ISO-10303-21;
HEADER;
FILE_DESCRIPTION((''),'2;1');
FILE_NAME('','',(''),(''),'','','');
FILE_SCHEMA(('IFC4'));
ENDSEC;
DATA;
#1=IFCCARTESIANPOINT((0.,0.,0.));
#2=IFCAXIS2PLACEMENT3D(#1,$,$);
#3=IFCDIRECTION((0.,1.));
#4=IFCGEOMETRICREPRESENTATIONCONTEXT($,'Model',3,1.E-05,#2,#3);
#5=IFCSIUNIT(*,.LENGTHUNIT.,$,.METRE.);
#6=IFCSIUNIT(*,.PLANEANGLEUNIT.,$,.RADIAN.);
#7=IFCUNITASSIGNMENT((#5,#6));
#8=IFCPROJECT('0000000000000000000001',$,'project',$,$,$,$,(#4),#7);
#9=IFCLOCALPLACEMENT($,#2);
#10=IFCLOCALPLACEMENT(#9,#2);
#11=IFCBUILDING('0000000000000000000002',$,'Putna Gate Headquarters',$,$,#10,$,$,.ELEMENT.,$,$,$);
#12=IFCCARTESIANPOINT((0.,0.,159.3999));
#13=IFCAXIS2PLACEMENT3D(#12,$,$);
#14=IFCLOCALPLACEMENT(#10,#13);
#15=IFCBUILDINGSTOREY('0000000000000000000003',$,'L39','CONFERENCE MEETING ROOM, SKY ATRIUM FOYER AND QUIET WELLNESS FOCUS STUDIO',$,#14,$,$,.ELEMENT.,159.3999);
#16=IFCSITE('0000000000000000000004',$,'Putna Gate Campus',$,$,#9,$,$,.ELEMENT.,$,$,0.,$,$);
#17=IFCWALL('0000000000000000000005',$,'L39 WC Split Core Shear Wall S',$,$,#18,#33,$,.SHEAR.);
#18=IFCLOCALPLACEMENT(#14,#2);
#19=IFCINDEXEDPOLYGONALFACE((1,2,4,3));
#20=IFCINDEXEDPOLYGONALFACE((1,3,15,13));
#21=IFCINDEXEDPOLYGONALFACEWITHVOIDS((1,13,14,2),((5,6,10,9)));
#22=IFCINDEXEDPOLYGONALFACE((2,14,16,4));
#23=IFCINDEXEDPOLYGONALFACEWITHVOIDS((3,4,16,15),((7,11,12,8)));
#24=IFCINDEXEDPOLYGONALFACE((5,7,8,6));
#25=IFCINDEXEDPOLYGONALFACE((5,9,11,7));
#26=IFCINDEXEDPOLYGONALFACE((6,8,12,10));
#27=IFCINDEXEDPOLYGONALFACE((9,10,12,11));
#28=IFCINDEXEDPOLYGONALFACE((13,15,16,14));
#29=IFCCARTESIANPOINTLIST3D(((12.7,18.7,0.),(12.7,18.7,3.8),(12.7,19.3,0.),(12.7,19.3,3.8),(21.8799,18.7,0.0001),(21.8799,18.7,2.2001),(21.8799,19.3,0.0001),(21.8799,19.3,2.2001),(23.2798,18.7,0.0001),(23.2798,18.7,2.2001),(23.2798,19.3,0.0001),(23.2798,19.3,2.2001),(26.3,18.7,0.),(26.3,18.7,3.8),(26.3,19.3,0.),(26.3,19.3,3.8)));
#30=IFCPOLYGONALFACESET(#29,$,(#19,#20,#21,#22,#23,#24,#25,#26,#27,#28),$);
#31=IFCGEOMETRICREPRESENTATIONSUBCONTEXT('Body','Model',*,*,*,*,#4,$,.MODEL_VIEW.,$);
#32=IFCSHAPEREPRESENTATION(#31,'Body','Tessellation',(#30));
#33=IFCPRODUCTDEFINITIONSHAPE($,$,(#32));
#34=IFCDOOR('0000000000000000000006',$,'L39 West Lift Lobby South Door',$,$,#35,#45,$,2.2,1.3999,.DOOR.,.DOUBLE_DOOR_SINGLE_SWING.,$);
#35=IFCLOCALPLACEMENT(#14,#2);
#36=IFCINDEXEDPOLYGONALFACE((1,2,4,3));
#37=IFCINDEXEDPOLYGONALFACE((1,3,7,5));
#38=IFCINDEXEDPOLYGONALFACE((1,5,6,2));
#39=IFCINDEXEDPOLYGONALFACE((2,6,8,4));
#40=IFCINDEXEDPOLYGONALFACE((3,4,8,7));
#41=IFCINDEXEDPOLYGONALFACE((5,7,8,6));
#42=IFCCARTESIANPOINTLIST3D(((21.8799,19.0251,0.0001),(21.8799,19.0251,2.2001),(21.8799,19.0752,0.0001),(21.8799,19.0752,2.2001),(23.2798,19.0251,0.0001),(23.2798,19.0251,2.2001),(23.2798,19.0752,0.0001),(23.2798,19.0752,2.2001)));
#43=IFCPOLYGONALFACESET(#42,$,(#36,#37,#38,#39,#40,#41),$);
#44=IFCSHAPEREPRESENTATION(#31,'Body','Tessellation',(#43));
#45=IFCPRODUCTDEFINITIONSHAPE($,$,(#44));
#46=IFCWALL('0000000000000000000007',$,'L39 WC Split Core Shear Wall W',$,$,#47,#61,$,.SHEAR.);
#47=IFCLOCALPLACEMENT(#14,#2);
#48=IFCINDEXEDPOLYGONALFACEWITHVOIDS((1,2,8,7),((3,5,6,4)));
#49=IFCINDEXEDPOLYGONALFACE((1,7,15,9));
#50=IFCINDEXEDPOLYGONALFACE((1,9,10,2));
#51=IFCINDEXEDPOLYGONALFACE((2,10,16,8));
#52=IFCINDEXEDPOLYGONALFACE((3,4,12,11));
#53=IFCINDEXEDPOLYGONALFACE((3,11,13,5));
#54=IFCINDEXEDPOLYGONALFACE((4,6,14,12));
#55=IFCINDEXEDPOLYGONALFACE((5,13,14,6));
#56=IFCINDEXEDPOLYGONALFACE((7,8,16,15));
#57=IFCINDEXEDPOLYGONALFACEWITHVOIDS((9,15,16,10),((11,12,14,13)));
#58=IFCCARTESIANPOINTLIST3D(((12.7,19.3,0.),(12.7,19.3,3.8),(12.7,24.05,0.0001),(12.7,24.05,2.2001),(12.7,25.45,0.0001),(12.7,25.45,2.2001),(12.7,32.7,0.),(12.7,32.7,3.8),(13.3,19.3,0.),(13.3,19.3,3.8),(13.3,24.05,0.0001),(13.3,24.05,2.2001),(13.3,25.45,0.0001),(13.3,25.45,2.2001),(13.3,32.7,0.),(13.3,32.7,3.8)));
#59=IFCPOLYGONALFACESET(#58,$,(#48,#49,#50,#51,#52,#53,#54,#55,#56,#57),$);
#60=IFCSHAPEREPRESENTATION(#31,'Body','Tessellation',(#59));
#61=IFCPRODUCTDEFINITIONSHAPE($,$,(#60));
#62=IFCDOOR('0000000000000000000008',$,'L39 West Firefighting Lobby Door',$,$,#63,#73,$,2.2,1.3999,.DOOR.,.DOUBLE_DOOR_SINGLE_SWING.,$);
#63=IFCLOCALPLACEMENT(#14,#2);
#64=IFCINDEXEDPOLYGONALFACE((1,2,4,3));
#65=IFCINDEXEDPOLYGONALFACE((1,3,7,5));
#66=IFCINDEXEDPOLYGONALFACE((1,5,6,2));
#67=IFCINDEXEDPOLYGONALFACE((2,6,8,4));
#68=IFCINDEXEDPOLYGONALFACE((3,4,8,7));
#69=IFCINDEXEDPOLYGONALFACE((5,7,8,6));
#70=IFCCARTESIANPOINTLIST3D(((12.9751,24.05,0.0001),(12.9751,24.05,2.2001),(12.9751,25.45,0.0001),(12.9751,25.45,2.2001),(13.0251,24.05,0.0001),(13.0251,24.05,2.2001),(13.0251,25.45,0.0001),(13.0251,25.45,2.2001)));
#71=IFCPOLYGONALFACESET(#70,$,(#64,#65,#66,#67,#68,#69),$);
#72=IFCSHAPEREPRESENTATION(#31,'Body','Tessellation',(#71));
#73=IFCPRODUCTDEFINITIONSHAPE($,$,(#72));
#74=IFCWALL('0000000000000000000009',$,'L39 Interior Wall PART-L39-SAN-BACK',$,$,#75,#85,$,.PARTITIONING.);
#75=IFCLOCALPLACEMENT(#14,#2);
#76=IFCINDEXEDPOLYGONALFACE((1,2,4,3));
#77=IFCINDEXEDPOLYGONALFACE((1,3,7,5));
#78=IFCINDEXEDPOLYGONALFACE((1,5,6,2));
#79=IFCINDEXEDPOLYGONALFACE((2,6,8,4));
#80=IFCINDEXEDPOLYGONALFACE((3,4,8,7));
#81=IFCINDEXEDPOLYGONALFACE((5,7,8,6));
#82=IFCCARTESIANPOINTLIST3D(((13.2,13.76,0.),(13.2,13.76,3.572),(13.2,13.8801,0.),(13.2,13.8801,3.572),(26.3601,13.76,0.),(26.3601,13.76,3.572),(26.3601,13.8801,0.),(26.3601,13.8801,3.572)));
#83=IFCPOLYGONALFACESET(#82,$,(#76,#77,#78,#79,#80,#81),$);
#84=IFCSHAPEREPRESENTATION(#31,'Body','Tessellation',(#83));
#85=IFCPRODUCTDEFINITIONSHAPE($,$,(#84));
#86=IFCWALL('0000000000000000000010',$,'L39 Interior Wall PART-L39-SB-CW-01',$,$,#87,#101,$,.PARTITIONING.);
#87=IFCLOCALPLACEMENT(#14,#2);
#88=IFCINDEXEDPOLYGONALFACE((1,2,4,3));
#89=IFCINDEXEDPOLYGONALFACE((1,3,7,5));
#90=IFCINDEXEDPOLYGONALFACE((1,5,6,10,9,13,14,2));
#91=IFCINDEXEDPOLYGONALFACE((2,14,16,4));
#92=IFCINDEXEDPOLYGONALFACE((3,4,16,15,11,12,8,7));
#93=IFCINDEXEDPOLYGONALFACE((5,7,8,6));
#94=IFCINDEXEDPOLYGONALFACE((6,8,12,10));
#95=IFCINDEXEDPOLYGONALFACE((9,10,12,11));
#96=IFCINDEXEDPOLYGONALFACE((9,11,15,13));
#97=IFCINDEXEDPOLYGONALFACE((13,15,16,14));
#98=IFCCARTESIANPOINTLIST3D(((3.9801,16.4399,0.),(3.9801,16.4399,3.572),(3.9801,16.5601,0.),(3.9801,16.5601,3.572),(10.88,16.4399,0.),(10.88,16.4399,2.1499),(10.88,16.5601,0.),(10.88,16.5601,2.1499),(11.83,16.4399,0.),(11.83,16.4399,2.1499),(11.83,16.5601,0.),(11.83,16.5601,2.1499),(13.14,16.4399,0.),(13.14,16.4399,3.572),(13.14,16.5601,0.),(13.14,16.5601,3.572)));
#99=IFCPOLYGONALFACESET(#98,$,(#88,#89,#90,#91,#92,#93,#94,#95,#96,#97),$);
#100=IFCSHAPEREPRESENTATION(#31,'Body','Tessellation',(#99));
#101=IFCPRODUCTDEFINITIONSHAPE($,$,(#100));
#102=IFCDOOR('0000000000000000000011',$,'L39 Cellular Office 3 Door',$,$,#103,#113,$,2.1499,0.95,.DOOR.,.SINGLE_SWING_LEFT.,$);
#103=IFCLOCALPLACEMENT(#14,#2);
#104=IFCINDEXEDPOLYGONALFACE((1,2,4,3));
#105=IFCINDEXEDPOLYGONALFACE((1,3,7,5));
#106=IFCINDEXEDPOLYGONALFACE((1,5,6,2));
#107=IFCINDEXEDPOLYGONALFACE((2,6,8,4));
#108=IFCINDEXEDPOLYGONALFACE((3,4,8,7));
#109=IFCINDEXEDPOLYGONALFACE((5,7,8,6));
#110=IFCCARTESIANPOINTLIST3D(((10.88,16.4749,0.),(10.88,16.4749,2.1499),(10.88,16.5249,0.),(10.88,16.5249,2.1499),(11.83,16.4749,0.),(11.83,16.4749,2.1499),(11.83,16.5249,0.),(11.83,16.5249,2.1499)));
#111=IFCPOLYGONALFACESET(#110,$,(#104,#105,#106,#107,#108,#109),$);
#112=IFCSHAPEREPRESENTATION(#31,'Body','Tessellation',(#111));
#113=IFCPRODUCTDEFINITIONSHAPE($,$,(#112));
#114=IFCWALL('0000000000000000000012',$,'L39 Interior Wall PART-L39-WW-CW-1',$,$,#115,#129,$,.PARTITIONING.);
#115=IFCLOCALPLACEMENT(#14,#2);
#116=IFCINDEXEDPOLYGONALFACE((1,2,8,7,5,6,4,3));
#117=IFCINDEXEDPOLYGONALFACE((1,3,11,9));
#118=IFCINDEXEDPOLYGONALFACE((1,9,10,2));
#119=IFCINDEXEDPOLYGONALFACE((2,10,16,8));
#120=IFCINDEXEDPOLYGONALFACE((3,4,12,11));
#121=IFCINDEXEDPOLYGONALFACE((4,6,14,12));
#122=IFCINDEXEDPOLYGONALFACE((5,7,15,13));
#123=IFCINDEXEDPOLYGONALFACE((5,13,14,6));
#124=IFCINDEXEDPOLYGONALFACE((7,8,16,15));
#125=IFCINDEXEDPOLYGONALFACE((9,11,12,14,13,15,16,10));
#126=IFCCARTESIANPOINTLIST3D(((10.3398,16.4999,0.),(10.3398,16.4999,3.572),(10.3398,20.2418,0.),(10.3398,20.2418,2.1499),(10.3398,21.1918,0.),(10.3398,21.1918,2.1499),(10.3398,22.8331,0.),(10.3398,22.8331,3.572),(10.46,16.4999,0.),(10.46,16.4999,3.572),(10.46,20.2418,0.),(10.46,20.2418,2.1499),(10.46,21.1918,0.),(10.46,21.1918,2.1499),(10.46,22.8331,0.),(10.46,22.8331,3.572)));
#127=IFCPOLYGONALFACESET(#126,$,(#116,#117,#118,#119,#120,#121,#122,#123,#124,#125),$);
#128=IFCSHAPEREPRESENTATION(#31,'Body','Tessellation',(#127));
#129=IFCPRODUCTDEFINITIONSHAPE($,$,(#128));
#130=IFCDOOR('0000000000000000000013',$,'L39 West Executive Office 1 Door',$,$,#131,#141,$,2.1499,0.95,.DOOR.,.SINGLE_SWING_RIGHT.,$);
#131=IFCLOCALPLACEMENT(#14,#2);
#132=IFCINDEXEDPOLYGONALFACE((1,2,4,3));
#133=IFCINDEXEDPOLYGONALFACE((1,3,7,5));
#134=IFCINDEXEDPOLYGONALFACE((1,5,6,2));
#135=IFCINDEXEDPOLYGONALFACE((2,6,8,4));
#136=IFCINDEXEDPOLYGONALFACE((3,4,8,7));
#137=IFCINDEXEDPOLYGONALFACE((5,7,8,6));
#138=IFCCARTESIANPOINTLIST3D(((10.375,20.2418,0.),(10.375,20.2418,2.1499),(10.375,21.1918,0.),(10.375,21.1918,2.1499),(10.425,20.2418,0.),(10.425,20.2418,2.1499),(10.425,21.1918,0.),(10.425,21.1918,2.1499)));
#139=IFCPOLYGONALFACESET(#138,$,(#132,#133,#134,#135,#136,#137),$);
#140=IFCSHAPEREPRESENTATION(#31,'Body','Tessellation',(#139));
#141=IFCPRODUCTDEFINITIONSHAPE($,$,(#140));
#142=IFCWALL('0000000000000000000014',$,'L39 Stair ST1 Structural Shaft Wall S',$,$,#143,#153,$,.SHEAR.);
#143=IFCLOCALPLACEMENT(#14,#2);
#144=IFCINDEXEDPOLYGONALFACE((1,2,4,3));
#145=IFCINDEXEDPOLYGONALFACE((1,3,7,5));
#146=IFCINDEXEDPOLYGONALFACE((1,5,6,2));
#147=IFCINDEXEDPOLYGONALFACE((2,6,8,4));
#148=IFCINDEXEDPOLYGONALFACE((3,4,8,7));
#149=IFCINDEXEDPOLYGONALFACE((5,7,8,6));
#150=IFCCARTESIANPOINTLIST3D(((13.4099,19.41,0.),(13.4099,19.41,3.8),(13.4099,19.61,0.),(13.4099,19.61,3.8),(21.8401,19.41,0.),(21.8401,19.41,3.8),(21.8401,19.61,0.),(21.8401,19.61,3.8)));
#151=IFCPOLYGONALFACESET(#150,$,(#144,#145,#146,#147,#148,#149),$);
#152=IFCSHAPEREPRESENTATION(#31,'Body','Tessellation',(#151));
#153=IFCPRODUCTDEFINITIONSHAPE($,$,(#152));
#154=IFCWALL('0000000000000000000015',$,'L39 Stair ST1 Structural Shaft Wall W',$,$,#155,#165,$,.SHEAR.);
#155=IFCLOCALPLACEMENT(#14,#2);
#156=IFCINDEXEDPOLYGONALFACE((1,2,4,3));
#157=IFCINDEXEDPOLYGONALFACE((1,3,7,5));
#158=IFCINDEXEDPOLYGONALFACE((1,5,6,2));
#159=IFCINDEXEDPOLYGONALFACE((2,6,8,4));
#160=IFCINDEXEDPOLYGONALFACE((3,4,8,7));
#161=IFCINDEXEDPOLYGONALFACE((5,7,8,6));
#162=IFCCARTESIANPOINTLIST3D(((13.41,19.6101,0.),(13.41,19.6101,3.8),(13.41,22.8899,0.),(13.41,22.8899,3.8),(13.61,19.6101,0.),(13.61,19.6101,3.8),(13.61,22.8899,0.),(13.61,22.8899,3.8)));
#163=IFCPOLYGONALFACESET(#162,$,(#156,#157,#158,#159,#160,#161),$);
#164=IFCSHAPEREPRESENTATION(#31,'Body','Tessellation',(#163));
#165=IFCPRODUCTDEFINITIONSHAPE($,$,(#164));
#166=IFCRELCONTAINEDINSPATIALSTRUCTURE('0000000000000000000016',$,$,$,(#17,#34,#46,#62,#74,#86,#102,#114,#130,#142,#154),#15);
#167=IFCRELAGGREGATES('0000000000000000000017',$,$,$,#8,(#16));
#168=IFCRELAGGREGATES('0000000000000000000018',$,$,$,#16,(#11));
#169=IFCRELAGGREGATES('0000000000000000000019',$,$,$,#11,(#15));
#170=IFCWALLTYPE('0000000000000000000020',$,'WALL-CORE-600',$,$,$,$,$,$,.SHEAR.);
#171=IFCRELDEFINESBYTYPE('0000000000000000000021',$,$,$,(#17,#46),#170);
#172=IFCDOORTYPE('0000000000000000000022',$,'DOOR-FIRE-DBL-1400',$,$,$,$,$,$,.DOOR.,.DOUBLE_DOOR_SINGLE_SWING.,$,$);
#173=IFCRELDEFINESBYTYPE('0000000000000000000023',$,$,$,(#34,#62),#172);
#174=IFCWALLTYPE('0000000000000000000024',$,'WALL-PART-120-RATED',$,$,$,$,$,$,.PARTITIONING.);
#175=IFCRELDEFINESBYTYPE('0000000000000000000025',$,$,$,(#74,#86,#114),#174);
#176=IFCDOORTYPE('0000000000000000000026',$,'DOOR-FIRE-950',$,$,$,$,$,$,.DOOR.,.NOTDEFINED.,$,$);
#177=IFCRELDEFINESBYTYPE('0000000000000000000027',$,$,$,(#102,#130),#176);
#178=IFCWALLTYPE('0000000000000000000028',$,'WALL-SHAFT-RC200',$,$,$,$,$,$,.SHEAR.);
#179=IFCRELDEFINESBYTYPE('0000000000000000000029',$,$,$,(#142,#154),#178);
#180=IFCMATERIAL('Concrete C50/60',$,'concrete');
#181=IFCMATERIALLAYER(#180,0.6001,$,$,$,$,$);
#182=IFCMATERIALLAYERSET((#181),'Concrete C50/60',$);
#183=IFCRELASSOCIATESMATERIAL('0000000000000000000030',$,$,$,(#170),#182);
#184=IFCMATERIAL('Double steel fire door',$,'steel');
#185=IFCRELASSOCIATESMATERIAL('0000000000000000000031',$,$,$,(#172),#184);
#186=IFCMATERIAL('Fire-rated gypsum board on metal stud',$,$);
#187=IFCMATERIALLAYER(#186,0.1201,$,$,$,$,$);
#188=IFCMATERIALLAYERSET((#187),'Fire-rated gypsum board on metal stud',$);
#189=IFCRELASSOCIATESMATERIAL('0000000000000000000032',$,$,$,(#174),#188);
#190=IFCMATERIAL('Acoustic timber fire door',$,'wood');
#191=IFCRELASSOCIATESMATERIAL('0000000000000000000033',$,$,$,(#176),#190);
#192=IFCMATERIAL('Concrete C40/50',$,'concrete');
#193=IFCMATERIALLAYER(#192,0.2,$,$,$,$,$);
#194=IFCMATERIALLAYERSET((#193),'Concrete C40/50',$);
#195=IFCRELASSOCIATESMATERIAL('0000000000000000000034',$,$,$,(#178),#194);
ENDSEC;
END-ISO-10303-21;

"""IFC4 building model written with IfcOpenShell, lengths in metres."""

from ifc_helpers import new_model, si_unit, direction, frame, frame_2d, origin, place, context, subcontext, project, spatial, rectangle, extrude, material, layer, layer_set, type_object, element, fill, save


model = new_model("IFC4")

# Units and contexts
model_context = context("Model", 3, precision=1e-05, world=origin(), true_north=direction((0.0, 1.0)))
body_context = subcontext(model_context, "Body", "Model", "MODEL_VIEW")
ifc_project = project(units=[si_unit("LENGTHUNIT", "METRE"), si_unit("PLANEANGLEUNIT", "RADIAN")], contexts=[model_context])

# Site, building, storey
site_placement = place(None, origin())
site = spatial("IfcSite", under=ifc_project, at=site_placement, Name="Putna Gate Campus", CompositionType="ELEMENT", RefElevation=0.0)
building_placement = place(site_placement, origin())
building = spatial("IfcBuilding", under=site, at=building_placement, Name="Putna Gate Headquarters", CompositionType="ELEMENT")
storey_placement = place(building_placement, frame((0.0, 0.0, 159.3999)))
storey = spatial("IfcBuildingStorey", under=building, at=storey_placement, Name="L39", Description="CONFERENCE MEETING ROOM, SKY ATRIUM FOYER AND QUIET WELLNESS FOCUS STUDIO", CompositionType="ELEMENT", Elevation=159.3999)

# Shared definitions
ifc_material_1 = material(Name="Concrete C50/60", Category="concrete")

# Walls, openings, doors
ifc_layer_1 = layer(ifc_material_1, 0.6001)
ifc_layer_set_1 = layer_set([ifc_layer_1], Name="Concrete C50/60")
wall_type_1 = type_object("IfcWallType", Name="WALL-CORE-600", PredefinedType="SHEAR", material=ifc_layer_set_1)
wall_1_placement = place(storey_placement, frame((12.7, 19.0, 0.0), z_axis=(0.0, 0.0, 1.0), x_axis=(1.0, 0.0, 0.0)))
wall_1 = element("IfcWall", 1, at=wall_1_placement, inside=storey, type_object=wall_type_1, Name="L39 WC Split Core Shear Wall S", PredefinedType="SHEAR", context=body_context, shape_type="SweptSolid", body=[
    extrude(rectangle(XDim=13.6001, YDim=0.6001, at=frame_2d((6.8, 0.0))), origin(), (0.0, 0.0, 1.0), 3.8),
])
opening_1_placement = place(wall_1_placement, frame((9.1799, 0.0, 0.0)))
opening_1 = element("IfcOpeningElement", 2, at=opening_1_placement, cuts=wall_1, PredefinedType="OPENING", context=body_context, shape_type="SweptSolid", body=[
    extrude(rectangle(XDim=1.3999, YDim=2.2, at=frame_2d((0.7, 1.1001))), frame((0.0, 0.3101, 0.0), z_axis=(0.0, -1.0, 0.0), x_axis=(1.0, 0.0, 0.0)), (0.0, 0.0, 1.0), 0.6201),
])
ifc_material_2 = material(Name="Double steel fire door", Category="steel")
door_type_1 = type_object("IfcDoorType", Name="DOOR-FIRE-DBL-1400", OperationType="DOUBLE_DOOR_SINGLE_SWING", PredefinedType="DOOR", material=ifc_material_2)
door_1_placement = place(opening_1_placement, origin())
door_1 = element("IfcDoor", 3, at=door_1_placement, inside=storey, type_object=door_type_1, Name="L39 West Lift Lobby South Door", OperationType="DOUBLE_DOOR_SINGLE_SWING", OverallHeight=2.2, OverallWidth=1.3999, PredefinedType="DOOR", context=body_context, shape_type="SweptSolid", body=[
    extrude(rectangle(XDim=1.3999, YDim=2.2, at=frame_2d((0.7, 1.1001))), frame((0.0, 0.0752, 0.0), z_axis=(0.0, -1.0, 0.0), x_axis=(1.0, 0.0, 0.0)), (0.0, 0.0, 1.0), 0.05),
])
fill(opening_1, door_1)
wall_2_placement = place(storey_placement, frame((13.0, 19.3, 0.0), z_axis=(0.0, 0.0, 1.0), x_axis=(0.0, 1.0, 0.0)))
wall_2 = element("IfcWall", 4, at=wall_2_placement, inside=storey, type_object=wall_type_1, Name="L39 WC Split Core Shear Wall W", PredefinedType="SHEAR", context=body_context, shape_type="SweptSolid", body=[
    extrude(rectangle(XDim=13.3999, YDim=0.6001, at=frame_2d((6.7, 0.0))), origin(), (0.0, 0.0, 1.0), 3.8),
])
opening_2_placement = place(wall_2_placement, frame((4.75, 0.0, 0.0)))
opening_2 = element("IfcOpeningElement", 5, at=opening_2_placement, cuts=wall_2, PredefinedType="OPENING", context=body_context, shape_type="SweptSolid", body=[
    extrude(rectangle(XDim=1.3999, YDim=2.2, at=frame_2d((0.7, 1.1001))), frame((0.0, 0.3101, 0.0), z_axis=(0.0, -1.0, 0.0), x_axis=(1.0, 0.0, 0.0)), (0.0, 0.0, 1.0), 0.6201),
])
door_2_placement = place(opening_2_placement, origin())
door_2 = element("IfcDoor", 6, at=door_2_placement, inside=storey, type_object=door_type_1, Name="L39 West Firefighting Lobby Door", OperationType="DOUBLE_DOOR_SINGLE_SWING", OverallHeight=2.2, OverallWidth=1.3999, PredefinedType="DOOR", context=body_context, shape_type="SweptSolid", body=[
    extrude(rectangle(XDim=1.3999, YDim=2.2, at=frame_2d((0.7, 1.1001))), frame((0.0, 0.0249, 0.0), z_axis=(0.0, -1.0, 0.0), x_axis=(1.0, 0.0, 0.0)), (0.0, 0.0, 1.0), 0.05),
])
fill(opening_2, door_2)

# Shared definitions
ifc_material_3 = material(Name="Fire-rated gypsum board on metal stud")
ifc_layer_2 = layer(ifc_material_3, 0.1201)
ifc_layer_set_2 = layer_set([ifc_layer_2], Name="Fire-rated gypsum board on metal stud")
wall_type_2 = type_object("IfcWallType", Name="WALL-PART-120-RATED", PredefinedType="PARTITIONING", material=ifc_layer_set_2)
ifc_material_4 = material(Name="Acoustic timber fire door", Category="wood")
door_type_2 = type_object("IfcDoorType", Name="DOOR-FIRE-950", OperationType="NOTDEFINED", PredefinedType="DOOR", material=ifc_material_4)

# Wall
wall_3_placement = place(storey_placement, frame((13.2, 13.8201, 0.0), z_axis=(0.0, 0.0, 1.0), x_axis=(1.0, 0.0, 0.0)))
element("IfcWall", 7, at=wall_3_placement, inside=storey, type_object=wall_type_2, Name="L39 Interior Wall PART-L39-SAN-BACK", PredefinedType="PARTITIONING", context=body_context, shape_type="SweptSolid", body=[
    extrude(rectangle(XDim=13.1602, YDim=0.1201, at=frame_2d((6.5801, 0.0))), origin(), (0.0, 0.0, 1.0), 3.572),
])

# Walls, openings, doors
wall_4_placement = place(storey_placement, frame((3.98, 16.5, 0.0), z_axis=(0.0, 0.0, 1.0), x_axis=(1.0, 0.0, 0.0)))
wall_4 = element("IfcWall", 8, at=wall_4_placement, inside=storey, type_object=wall_type_2, Name="L39 Interior Wall PART-L39-SB-CW-01", PredefinedType="PARTITIONING", context=body_context, shape_type="SweptSolid", body=[
    extrude(rectangle(XDim=9.1599, YDim=0.1201, at=frame_2d((4.5801, 0.0))), origin(), (0.0, 0.0, 1.0), 3.572),
])
opening_3_placement = place(wall_4_placement, frame((6.8999, 0.0, 0.0)))
opening_3 = element("IfcOpeningElement", 9, at=opening_3_placement, cuts=wall_4, PredefinedType="OPENING", context=body_context, shape_type="SweptSolid", body=[
    extrude(rectangle(XDim=0.95, YDim=2.1499, at=frame_2d((0.4751, 1.075))), frame((0.0, 0.0701, 0.0), z_axis=(0.0, -1.0, 0.0), x_axis=(1.0, 0.0, 0.0)), (0.0, 0.0, 1.0), 0.1401),
])
door_3_placement = place(opening_3_placement, origin())
door_3 = element("IfcDoor", 10, at=door_3_placement, inside=storey, type_object=door_type_2, Name="L39 Cellular Office 3 Door", OperationType="SINGLE_SWING_LEFT", OverallHeight=2.1499, OverallWidth=0.95, PredefinedType="DOOR", context=body_context, shape_type="SweptSolid", body=[
    extrude(rectangle(XDim=0.95, YDim=2.1499, at=frame_2d((0.4751, 1.075))), frame((0.0, 0.0249, 0.0), z_axis=(0.0, -1.0, 0.0), x_axis=(1.0, 0.0, 0.0)), (0.0, 0.0, 1.0), 0.05),
])
fill(opening_3, door_3)
wall_5_placement = place(storey_placement, frame((10.3999, 16.5, 0.0), z_axis=(0.0, 0.0, 1.0), x_axis=(0.0, 1.0, 0.0)))
wall_5 = element("IfcWall", 11, at=wall_5_placement, inside=storey, type_object=wall_type_2, Name="L39 Interior Wall PART-L39-WW-CW-1", PredefinedType="PARTITIONING", context=body_context, shape_type="SweptSolid", body=[
    extrude(rectangle(XDim=6.3333, YDim=0.1201, at=frame_2d((3.1665, 0.0))), origin(), (0.0, 0.0, 1.0), 3.572),
])
opening_4_placement = place(wall_5_placement, frame((3.7417, 0.0, 0.0)))
opening_4 = element("IfcOpeningElement", 12, at=opening_4_placement, cuts=wall_5, PredefinedType="OPENING", context=body_context, shape_type="SweptSolid", body=[
    extrude(rectangle(XDim=0.95, YDim=2.1499, at=frame_2d((0.4751, 1.075))), frame((0.0, 0.0701, 0.0), z_axis=(0.0, -1.0, 0.0), x_axis=(1.0, 0.0, 0.0)), (0.0, 0.0, 1.0), 0.1401),
])
door_4_placement = place(opening_4_placement, origin())
door_4 = element("IfcDoor", 13, at=door_4_placement, inside=storey, type_object=door_type_2, Name="L39 West Executive Office 1 Door", OperationType="SINGLE_SWING_RIGHT", OverallHeight=2.1499, OverallWidth=0.95, PredefinedType="DOOR", context=body_context, shape_type="SweptSolid", body=[
    extrude(rectangle(XDim=0.95, YDim=2.1499, at=frame_2d((0.4751, 1.075))), frame((0.0, 0.0249, 0.0), z_axis=(0.0, -1.0, 0.0), x_axis=(1.0, 0.0, 0.0)), (0.0, 0.0, 1.0), 0.05),
])
fill(opening_4, door_4)

# Walls
ifc_material_5 = material(Name="Concrete C40/50", Category="concrete")
ifc_layer_3 = layer(ifc_material_5, 0.2)
ifc_layer_set_3 = layer_set([ifc_layer_3], Name="Concrete C40/50")
wall_type_3 = type_object("IfcWallType", Name="WALL-SHAFT-RC200", PredefinedType="SHEAR", material=ifc_layer_set_3)
wall_6_placement = place(storey_placement, frame((13.4099, 19.51, 0.0), z_axis=(0.0, 0.0, 1.0), x_axis=(1.0, 0.0, 0.0)))
element("IfcWall", 14, at=wall_6_placement, inside=storey, type_object=wall_type_3, Name="L39 Stair ST1 Structural Shaft Wall S", PredefinedType="SHEAR", context=body_context, shape_type="SweptSolid", body=[
    extrude(rectangle(XDim=8.4302, YDim=0.2, at=frame_2d((4.2151, 0.0))), origin(), (0.0, 0.0, 1.0), 3.8),
])
wall_7_placement = place(storey_placement, frame((13.51, 19.6101, 0.0), z_axis=(0.0, 0.0, 1.0), x_axis=(0.0, 1.0, 0.0)))
element("IfcWall", 15, at=wall_7_placement, inside=storey, type_object=wall_type_3, Name="L39 Stair ST1 Structural Shaft Wall W", PredefinedType="SHEAR", context=body_context, shape_type="SweptSolid", body=[
    extrude(rectangle(XDim=3.2798, YDim=0.2, at=frame_2d((1.6399, 0.0))), origin(), (0.0, 0.0, 1.0), 3.8),
])

save(model, "model.ifc")
